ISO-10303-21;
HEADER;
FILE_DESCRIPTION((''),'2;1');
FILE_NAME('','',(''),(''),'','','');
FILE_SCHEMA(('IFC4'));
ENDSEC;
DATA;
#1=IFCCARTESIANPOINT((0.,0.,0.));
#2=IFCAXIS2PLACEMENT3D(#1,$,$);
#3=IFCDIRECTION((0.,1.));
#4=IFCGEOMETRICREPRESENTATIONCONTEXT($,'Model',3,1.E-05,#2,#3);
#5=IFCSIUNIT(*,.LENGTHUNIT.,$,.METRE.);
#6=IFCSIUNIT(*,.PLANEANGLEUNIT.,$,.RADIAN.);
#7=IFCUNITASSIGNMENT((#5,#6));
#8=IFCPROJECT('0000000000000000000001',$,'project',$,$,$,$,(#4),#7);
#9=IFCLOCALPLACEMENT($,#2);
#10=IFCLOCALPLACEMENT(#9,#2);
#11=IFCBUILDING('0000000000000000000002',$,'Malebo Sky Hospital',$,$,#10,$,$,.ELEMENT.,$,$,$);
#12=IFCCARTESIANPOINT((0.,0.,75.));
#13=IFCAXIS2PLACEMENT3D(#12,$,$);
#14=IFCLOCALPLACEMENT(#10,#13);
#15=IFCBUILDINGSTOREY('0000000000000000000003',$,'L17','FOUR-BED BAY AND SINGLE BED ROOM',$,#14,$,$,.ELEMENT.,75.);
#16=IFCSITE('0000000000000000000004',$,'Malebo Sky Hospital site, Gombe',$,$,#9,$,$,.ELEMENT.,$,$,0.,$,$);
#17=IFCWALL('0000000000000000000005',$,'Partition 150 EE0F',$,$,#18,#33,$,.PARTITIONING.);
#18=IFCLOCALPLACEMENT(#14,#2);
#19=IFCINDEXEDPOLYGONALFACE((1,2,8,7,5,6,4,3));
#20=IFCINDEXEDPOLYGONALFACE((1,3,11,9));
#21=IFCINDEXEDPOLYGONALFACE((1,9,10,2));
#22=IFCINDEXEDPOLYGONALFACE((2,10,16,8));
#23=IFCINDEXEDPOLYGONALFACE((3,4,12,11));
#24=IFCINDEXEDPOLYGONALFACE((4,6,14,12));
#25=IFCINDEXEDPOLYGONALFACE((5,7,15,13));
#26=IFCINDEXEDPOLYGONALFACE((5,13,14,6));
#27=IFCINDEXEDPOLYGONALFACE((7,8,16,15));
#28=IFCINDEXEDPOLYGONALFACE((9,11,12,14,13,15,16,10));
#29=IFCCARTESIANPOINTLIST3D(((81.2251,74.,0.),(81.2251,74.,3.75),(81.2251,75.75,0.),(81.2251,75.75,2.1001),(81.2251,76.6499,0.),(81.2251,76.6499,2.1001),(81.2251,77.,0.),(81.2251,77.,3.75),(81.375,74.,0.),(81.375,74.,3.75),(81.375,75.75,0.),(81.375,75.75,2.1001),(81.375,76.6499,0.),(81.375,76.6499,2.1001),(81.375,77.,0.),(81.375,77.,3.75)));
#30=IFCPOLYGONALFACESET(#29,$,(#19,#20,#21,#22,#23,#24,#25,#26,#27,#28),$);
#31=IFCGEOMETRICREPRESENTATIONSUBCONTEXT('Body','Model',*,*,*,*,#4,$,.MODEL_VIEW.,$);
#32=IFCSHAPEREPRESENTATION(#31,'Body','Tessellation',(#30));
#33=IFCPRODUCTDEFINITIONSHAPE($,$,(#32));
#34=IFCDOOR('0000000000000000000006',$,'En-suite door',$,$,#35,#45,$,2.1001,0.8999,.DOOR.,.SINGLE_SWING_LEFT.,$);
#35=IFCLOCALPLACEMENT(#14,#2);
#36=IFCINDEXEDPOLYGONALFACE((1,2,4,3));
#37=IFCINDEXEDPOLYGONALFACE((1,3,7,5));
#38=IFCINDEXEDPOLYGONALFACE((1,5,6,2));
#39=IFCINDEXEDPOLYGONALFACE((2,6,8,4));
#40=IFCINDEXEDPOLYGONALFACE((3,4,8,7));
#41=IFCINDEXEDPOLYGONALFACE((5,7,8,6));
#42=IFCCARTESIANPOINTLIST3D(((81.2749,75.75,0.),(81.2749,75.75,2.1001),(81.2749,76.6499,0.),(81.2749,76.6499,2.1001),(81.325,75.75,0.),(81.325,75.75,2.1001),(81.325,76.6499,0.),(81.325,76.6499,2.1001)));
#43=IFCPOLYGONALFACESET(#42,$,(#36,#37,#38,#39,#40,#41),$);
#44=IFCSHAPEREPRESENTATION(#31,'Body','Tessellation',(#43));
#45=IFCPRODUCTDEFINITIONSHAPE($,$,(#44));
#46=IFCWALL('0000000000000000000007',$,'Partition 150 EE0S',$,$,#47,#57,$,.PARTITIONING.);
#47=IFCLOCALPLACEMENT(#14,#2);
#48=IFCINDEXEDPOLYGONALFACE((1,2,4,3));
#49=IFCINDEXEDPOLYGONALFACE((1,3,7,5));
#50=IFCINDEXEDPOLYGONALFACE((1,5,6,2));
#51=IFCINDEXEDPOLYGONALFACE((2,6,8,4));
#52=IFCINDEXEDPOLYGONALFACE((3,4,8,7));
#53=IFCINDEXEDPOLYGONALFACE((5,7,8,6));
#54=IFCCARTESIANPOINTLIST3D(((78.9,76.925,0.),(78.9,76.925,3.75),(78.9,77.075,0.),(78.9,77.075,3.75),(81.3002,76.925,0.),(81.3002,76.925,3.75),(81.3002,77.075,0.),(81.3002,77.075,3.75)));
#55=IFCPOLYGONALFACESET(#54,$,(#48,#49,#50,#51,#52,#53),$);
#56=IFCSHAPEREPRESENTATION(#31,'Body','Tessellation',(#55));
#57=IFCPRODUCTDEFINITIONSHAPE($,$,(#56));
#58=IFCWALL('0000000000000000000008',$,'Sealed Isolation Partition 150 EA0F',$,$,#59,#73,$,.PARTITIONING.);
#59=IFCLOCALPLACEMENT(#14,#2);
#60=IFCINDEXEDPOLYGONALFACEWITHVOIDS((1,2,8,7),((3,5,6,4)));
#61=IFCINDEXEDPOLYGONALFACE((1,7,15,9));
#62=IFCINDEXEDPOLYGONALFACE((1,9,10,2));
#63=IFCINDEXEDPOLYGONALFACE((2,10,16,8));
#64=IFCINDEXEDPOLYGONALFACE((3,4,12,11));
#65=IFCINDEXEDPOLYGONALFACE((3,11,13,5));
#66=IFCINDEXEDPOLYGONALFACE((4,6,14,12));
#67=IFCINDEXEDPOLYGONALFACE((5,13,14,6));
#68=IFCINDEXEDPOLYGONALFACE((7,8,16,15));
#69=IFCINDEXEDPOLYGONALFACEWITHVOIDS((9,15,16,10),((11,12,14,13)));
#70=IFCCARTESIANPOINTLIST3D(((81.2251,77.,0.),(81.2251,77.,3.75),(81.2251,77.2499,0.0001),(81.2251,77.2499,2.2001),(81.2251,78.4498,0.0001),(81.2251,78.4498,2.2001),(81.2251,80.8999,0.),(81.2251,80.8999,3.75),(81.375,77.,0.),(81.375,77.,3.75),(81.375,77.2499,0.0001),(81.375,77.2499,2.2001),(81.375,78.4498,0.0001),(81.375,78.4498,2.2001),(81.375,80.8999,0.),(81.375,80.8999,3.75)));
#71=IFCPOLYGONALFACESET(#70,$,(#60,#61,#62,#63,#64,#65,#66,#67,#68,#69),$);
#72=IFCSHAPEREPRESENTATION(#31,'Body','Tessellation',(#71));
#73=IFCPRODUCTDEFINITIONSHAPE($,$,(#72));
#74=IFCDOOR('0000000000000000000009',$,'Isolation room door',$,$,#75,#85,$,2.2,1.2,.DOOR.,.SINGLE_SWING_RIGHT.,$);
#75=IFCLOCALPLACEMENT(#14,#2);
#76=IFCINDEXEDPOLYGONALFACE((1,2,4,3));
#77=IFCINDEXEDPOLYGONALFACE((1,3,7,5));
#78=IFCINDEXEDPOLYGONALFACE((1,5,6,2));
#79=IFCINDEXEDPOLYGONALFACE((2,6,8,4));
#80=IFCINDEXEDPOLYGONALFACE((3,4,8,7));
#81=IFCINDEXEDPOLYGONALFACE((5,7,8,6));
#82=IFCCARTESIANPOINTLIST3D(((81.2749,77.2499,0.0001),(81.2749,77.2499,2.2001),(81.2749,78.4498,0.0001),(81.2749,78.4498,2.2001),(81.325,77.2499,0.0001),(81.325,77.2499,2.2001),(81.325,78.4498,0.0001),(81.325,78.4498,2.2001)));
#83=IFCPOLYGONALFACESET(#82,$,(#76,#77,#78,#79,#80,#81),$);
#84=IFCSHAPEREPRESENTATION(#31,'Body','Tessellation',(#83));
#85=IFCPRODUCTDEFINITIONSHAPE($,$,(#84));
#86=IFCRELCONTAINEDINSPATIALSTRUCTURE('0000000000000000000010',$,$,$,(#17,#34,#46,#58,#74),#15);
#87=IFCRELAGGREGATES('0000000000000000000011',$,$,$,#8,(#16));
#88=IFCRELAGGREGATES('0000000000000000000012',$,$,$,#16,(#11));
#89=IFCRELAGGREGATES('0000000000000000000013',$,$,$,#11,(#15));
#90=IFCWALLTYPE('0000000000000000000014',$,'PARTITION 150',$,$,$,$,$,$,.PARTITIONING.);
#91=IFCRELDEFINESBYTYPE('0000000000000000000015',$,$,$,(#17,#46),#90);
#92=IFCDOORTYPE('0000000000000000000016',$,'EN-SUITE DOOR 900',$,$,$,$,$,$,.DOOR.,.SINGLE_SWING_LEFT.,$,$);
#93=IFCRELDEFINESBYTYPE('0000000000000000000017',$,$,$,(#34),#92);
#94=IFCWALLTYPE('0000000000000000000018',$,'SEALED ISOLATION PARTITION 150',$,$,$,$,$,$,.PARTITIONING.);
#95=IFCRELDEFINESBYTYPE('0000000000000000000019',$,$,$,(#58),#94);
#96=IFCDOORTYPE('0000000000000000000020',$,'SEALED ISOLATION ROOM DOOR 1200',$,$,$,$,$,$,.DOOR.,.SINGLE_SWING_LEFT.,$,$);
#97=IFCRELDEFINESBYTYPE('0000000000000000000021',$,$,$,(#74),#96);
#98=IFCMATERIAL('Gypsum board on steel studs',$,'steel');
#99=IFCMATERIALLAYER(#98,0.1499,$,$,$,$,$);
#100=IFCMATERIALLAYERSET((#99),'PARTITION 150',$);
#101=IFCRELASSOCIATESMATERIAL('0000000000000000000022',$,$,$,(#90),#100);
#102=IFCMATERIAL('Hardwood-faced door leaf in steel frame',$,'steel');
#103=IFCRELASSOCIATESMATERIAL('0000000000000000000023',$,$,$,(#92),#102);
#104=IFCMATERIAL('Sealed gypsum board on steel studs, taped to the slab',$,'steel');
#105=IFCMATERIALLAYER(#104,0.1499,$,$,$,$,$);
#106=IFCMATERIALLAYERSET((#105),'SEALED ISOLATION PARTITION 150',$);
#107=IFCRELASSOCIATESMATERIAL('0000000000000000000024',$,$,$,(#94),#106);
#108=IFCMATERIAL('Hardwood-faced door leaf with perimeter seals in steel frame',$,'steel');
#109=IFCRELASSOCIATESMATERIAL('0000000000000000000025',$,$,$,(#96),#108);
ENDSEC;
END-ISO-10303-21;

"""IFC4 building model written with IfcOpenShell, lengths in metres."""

from ifc_helpers import new_model, si_unit, direction, frame, frame_2d, origin, place, context, subcontext, project, spatial, rectangle, extrude, material, layer, layer_set, type_object, element, fill, save


model = new_model("IFC4")

# Units and contexts
model_context = context("Model", 3, precision=1e-05, world=origin(), true_north=direction((0.0, 1.0)))
body_context = subcontext(model_context, "Body", "Model", "MODEL_VIEW")
ifc_project = project(units=[si_unit("LENGTHUNIT", "METRE"), si_unit("PLANEANGLEUNIT", "RADIAN")], contexts=[model_context])

# Site, building, storey
site_placement = place(None, origin())
site = spatial("IfcSite", under=ifc_project, at=site_placement, Name="Malebo Sky Hospital site, Gombe", CompositionType="ELEMENT", RefElevation=0.0)
building_placement = place(site_placement, origin())
building = spatial("IfcBuilding", under=site, at=building_placement, Name="Malebo Sky Hospital", CompositionType="ELEMENT")
storey_placement = place(building_placement, frame((0.0, 0.0, 75.0)))
storey = spatial("IfcBuildingStorey", under=building, at=storey_placement, Name="L17", Description="FOUR-BED BAY AND SINGLE BED ROOM", CompositionType="ELEMENT", Elevation=75.0)

# Shared definitions
ifc_material_1 = material(Name="Gypsum board on steel studs", Category="steel")
ifc_material_2 = material(Name="Hardwood-faced door leaf in steel frame", Category="steel")

# Shared definitions
ifc_layer_1 = layer(ifc_material_1, 0.1499)
ifc_layer_set_1 = layer_set([ifc_layer_1], Name="PARTITION 150")
wall_type_1 = type_object("IfcWallType", Name="PARTITION 150", PredefinedType="PARTITIONING", material=ifc_layer_set_1)

# Wall, opening, door
wall_1_placement = place(storey_placement, frame((81.3, 77.0, 0.0), z_axis=(0.0, 0.0, 1.0), x_axis=(0.0, -1.0, 0.0)))
wall_1 = element("IfcWall", 1, at=wall_1_placement, inside=storey, type_object=wall_type_1, Name="Partition 150 EE0F", PredefinedType="PARTITIONING", context=body_context, shape_type="SweptSolid", body=[
    extrude(rectangle(XDim=3.0, YDim=0.1499, at=frame_2d((1.5, 0.0))), origin(), (0.0, 0.0, 1.0), 3.75),
])
opening_1_placement = place(wall_1_placement, frame((0.3501, 0.0, 0.0)))
opening_1 = element("IfcOpeningElement", 2, at=opening_1_placement, cuts=wall_1, PredefinedType="OPENING", context=body_context, shape_type="SweptSolid", body=[
    extrude(rectangle(XDim=0.8999, YDim=2.1001, at=frame_2d((0.45, 1.05))), frame((0.0, 0.085, 0.0), z_axis=(0.0, -1.0, 0.0), x_axis=(1.0, 0.0, 0.0)), (0.0, 0.0, 1.0), 0.1699),
])
door_type_1 = type_object("IfcDoorType", Name="EN-SUITE DOOR 900", OperationType="SINGLE_SWING_LEFT", PredefinedType="DOOR", material=ifc_material_2)
door_1_placement = place(opening_1_placement, origin())
door_1 = element("IfcDoor", 3, at=door_1_placement, inside=storey, type_object=door_type_1, Name="En-suite door", OperationType="SINGLE_SWING_LEFT", OverallHeight=2.1001, OverallWidth=0.8999, PredefinedType="DOOR", context=body_context, shape_type="SweptSolid", body=[
    extrude(rectangle(XDim=0.8999, YDim=2.1001, at=frame_2d((0.45, 1.05))), frame((0.0, 0.0249, 0.0), z_axis=(0.0, -1.0, 0.0), x_axis=(1.0, 0.0, 0.0)), (0.0, 0.0, 1.0), 0.05),
])
fill(opening_1, door_1)

# Wall
wall_2_placement = place(storey_placement, frame((78.8999, 77.0, 0.0), z_axis=(0.0, 0.0, 1.0), x_axis=(1.0, 0.0, 0.0)))
element("IfcWall", 4, at=wall_2_placement, inside=storey, type_object=wall_type_1, Name="Partition 150 EE0S", PredefinedType="PARTITIONING", context=body_context, shape_type="SweptSolid", body=[
    extrude(rectangle(XDim=2.4001, YDim=0.1499, at=frame_2d((1.2002, 0.0))), origin(), (0.0, 0.0, 1.0), 3.75),
])

# Wall, opening, door
ifc_material_3 = material(Name="Sealed gypsum board on steel studs, taped to the slab", Category="steel")
ifc_layer_2 = layer(ifc_material_3, 0.1499)
ifc_layer_set_2 = layer_set([ifc_layer_2], Name="SEALED ISOLATION PARTITION 150")
wall_type_2 = type_object("IfcWallType", Name="SEALED ISOLATION PARTITION 150", PredefinedType="PARTITIONING", material=ifc_layer_set_2)
wall_3_placement = place(storey_placement, frame((81.3, 80.8999, 0.0), z_axis=(0.0, 0.0, 1.0), x_axis=(0.0, -1.0, 0.0)))
wall_3 = element("IfcWall", 5, at=wall_3_placement, inside=storey, type_object=wall_type_2, Name="Sealed Isolation Partition 150 EA0F", PredefinedType="PARTITIONING", context=body_context, shape_type="SweptSolid", body=[
    extrude(rectangle(XDim=3.8999, YDim=0.1499, at=frame_2d((1.95, 0.0))), origin(), (0.0, 0.0, 1.0), 3.75),
])
opening_2_placement = place(wall_3_placement, frame((2.45, 0.0, 0.0)))
opening_2 = element("IfcOpeningElement", 6, at=opening_2_placement, cuts=wall_3, PredefinedType="OPENING", context=body_context, shape_type="SweptSolid", body=[
    extrude(rectangle(XDim=1.2, YDim=2.2, at=frame_2d((0.6001, 1.1001))), frame((0.0, 0.085, 0.0), z_axis=(0.0, -1.0, 0.0), x_axis=(1.0, 0.0, 0.0)), (0.0, 0.0, 1.0), 0.1699),
])
ifc_material_4 = material(Name="Hardwood-faced door leaf with perimeter seals in steel frame", Category="steel")
door_type_2 = type_object("IfcDoorType", Name="SEALED ISOLATION ROOM DOOR 1200", OperationType="SINGLE_SWING_LEFT", PredefinedType="DOOR", material=ifc_material_4)
door_2_placement = place(opening_2_placement, origin())
door_2 = element("IfcDoor", 7, at=door_2_placement, inside=storey, type_object=door_type_2, Name="Isolation room door", OperationType="SINGLE_SWING_RIGHT", OverallHeight=2.2, OverallWidth=1.2, PredefinedType="DOOR", context=body_context, shape_type="SweptSolid", body=[
    extrude(rectangle(XDim=1.2, YDim=2.2, at=frame_2d((0.6001, 1.1001))), frame((0.0, 0.0249, 0.0), z_axis=(0.0, -1.0, 0.0), x_axis=(1.0, 0.0, 0.0)), (0.0, 0.0, 1.0), 0.05),
])
fill(opening_2, door_2)

save(model, "model.ifc")
